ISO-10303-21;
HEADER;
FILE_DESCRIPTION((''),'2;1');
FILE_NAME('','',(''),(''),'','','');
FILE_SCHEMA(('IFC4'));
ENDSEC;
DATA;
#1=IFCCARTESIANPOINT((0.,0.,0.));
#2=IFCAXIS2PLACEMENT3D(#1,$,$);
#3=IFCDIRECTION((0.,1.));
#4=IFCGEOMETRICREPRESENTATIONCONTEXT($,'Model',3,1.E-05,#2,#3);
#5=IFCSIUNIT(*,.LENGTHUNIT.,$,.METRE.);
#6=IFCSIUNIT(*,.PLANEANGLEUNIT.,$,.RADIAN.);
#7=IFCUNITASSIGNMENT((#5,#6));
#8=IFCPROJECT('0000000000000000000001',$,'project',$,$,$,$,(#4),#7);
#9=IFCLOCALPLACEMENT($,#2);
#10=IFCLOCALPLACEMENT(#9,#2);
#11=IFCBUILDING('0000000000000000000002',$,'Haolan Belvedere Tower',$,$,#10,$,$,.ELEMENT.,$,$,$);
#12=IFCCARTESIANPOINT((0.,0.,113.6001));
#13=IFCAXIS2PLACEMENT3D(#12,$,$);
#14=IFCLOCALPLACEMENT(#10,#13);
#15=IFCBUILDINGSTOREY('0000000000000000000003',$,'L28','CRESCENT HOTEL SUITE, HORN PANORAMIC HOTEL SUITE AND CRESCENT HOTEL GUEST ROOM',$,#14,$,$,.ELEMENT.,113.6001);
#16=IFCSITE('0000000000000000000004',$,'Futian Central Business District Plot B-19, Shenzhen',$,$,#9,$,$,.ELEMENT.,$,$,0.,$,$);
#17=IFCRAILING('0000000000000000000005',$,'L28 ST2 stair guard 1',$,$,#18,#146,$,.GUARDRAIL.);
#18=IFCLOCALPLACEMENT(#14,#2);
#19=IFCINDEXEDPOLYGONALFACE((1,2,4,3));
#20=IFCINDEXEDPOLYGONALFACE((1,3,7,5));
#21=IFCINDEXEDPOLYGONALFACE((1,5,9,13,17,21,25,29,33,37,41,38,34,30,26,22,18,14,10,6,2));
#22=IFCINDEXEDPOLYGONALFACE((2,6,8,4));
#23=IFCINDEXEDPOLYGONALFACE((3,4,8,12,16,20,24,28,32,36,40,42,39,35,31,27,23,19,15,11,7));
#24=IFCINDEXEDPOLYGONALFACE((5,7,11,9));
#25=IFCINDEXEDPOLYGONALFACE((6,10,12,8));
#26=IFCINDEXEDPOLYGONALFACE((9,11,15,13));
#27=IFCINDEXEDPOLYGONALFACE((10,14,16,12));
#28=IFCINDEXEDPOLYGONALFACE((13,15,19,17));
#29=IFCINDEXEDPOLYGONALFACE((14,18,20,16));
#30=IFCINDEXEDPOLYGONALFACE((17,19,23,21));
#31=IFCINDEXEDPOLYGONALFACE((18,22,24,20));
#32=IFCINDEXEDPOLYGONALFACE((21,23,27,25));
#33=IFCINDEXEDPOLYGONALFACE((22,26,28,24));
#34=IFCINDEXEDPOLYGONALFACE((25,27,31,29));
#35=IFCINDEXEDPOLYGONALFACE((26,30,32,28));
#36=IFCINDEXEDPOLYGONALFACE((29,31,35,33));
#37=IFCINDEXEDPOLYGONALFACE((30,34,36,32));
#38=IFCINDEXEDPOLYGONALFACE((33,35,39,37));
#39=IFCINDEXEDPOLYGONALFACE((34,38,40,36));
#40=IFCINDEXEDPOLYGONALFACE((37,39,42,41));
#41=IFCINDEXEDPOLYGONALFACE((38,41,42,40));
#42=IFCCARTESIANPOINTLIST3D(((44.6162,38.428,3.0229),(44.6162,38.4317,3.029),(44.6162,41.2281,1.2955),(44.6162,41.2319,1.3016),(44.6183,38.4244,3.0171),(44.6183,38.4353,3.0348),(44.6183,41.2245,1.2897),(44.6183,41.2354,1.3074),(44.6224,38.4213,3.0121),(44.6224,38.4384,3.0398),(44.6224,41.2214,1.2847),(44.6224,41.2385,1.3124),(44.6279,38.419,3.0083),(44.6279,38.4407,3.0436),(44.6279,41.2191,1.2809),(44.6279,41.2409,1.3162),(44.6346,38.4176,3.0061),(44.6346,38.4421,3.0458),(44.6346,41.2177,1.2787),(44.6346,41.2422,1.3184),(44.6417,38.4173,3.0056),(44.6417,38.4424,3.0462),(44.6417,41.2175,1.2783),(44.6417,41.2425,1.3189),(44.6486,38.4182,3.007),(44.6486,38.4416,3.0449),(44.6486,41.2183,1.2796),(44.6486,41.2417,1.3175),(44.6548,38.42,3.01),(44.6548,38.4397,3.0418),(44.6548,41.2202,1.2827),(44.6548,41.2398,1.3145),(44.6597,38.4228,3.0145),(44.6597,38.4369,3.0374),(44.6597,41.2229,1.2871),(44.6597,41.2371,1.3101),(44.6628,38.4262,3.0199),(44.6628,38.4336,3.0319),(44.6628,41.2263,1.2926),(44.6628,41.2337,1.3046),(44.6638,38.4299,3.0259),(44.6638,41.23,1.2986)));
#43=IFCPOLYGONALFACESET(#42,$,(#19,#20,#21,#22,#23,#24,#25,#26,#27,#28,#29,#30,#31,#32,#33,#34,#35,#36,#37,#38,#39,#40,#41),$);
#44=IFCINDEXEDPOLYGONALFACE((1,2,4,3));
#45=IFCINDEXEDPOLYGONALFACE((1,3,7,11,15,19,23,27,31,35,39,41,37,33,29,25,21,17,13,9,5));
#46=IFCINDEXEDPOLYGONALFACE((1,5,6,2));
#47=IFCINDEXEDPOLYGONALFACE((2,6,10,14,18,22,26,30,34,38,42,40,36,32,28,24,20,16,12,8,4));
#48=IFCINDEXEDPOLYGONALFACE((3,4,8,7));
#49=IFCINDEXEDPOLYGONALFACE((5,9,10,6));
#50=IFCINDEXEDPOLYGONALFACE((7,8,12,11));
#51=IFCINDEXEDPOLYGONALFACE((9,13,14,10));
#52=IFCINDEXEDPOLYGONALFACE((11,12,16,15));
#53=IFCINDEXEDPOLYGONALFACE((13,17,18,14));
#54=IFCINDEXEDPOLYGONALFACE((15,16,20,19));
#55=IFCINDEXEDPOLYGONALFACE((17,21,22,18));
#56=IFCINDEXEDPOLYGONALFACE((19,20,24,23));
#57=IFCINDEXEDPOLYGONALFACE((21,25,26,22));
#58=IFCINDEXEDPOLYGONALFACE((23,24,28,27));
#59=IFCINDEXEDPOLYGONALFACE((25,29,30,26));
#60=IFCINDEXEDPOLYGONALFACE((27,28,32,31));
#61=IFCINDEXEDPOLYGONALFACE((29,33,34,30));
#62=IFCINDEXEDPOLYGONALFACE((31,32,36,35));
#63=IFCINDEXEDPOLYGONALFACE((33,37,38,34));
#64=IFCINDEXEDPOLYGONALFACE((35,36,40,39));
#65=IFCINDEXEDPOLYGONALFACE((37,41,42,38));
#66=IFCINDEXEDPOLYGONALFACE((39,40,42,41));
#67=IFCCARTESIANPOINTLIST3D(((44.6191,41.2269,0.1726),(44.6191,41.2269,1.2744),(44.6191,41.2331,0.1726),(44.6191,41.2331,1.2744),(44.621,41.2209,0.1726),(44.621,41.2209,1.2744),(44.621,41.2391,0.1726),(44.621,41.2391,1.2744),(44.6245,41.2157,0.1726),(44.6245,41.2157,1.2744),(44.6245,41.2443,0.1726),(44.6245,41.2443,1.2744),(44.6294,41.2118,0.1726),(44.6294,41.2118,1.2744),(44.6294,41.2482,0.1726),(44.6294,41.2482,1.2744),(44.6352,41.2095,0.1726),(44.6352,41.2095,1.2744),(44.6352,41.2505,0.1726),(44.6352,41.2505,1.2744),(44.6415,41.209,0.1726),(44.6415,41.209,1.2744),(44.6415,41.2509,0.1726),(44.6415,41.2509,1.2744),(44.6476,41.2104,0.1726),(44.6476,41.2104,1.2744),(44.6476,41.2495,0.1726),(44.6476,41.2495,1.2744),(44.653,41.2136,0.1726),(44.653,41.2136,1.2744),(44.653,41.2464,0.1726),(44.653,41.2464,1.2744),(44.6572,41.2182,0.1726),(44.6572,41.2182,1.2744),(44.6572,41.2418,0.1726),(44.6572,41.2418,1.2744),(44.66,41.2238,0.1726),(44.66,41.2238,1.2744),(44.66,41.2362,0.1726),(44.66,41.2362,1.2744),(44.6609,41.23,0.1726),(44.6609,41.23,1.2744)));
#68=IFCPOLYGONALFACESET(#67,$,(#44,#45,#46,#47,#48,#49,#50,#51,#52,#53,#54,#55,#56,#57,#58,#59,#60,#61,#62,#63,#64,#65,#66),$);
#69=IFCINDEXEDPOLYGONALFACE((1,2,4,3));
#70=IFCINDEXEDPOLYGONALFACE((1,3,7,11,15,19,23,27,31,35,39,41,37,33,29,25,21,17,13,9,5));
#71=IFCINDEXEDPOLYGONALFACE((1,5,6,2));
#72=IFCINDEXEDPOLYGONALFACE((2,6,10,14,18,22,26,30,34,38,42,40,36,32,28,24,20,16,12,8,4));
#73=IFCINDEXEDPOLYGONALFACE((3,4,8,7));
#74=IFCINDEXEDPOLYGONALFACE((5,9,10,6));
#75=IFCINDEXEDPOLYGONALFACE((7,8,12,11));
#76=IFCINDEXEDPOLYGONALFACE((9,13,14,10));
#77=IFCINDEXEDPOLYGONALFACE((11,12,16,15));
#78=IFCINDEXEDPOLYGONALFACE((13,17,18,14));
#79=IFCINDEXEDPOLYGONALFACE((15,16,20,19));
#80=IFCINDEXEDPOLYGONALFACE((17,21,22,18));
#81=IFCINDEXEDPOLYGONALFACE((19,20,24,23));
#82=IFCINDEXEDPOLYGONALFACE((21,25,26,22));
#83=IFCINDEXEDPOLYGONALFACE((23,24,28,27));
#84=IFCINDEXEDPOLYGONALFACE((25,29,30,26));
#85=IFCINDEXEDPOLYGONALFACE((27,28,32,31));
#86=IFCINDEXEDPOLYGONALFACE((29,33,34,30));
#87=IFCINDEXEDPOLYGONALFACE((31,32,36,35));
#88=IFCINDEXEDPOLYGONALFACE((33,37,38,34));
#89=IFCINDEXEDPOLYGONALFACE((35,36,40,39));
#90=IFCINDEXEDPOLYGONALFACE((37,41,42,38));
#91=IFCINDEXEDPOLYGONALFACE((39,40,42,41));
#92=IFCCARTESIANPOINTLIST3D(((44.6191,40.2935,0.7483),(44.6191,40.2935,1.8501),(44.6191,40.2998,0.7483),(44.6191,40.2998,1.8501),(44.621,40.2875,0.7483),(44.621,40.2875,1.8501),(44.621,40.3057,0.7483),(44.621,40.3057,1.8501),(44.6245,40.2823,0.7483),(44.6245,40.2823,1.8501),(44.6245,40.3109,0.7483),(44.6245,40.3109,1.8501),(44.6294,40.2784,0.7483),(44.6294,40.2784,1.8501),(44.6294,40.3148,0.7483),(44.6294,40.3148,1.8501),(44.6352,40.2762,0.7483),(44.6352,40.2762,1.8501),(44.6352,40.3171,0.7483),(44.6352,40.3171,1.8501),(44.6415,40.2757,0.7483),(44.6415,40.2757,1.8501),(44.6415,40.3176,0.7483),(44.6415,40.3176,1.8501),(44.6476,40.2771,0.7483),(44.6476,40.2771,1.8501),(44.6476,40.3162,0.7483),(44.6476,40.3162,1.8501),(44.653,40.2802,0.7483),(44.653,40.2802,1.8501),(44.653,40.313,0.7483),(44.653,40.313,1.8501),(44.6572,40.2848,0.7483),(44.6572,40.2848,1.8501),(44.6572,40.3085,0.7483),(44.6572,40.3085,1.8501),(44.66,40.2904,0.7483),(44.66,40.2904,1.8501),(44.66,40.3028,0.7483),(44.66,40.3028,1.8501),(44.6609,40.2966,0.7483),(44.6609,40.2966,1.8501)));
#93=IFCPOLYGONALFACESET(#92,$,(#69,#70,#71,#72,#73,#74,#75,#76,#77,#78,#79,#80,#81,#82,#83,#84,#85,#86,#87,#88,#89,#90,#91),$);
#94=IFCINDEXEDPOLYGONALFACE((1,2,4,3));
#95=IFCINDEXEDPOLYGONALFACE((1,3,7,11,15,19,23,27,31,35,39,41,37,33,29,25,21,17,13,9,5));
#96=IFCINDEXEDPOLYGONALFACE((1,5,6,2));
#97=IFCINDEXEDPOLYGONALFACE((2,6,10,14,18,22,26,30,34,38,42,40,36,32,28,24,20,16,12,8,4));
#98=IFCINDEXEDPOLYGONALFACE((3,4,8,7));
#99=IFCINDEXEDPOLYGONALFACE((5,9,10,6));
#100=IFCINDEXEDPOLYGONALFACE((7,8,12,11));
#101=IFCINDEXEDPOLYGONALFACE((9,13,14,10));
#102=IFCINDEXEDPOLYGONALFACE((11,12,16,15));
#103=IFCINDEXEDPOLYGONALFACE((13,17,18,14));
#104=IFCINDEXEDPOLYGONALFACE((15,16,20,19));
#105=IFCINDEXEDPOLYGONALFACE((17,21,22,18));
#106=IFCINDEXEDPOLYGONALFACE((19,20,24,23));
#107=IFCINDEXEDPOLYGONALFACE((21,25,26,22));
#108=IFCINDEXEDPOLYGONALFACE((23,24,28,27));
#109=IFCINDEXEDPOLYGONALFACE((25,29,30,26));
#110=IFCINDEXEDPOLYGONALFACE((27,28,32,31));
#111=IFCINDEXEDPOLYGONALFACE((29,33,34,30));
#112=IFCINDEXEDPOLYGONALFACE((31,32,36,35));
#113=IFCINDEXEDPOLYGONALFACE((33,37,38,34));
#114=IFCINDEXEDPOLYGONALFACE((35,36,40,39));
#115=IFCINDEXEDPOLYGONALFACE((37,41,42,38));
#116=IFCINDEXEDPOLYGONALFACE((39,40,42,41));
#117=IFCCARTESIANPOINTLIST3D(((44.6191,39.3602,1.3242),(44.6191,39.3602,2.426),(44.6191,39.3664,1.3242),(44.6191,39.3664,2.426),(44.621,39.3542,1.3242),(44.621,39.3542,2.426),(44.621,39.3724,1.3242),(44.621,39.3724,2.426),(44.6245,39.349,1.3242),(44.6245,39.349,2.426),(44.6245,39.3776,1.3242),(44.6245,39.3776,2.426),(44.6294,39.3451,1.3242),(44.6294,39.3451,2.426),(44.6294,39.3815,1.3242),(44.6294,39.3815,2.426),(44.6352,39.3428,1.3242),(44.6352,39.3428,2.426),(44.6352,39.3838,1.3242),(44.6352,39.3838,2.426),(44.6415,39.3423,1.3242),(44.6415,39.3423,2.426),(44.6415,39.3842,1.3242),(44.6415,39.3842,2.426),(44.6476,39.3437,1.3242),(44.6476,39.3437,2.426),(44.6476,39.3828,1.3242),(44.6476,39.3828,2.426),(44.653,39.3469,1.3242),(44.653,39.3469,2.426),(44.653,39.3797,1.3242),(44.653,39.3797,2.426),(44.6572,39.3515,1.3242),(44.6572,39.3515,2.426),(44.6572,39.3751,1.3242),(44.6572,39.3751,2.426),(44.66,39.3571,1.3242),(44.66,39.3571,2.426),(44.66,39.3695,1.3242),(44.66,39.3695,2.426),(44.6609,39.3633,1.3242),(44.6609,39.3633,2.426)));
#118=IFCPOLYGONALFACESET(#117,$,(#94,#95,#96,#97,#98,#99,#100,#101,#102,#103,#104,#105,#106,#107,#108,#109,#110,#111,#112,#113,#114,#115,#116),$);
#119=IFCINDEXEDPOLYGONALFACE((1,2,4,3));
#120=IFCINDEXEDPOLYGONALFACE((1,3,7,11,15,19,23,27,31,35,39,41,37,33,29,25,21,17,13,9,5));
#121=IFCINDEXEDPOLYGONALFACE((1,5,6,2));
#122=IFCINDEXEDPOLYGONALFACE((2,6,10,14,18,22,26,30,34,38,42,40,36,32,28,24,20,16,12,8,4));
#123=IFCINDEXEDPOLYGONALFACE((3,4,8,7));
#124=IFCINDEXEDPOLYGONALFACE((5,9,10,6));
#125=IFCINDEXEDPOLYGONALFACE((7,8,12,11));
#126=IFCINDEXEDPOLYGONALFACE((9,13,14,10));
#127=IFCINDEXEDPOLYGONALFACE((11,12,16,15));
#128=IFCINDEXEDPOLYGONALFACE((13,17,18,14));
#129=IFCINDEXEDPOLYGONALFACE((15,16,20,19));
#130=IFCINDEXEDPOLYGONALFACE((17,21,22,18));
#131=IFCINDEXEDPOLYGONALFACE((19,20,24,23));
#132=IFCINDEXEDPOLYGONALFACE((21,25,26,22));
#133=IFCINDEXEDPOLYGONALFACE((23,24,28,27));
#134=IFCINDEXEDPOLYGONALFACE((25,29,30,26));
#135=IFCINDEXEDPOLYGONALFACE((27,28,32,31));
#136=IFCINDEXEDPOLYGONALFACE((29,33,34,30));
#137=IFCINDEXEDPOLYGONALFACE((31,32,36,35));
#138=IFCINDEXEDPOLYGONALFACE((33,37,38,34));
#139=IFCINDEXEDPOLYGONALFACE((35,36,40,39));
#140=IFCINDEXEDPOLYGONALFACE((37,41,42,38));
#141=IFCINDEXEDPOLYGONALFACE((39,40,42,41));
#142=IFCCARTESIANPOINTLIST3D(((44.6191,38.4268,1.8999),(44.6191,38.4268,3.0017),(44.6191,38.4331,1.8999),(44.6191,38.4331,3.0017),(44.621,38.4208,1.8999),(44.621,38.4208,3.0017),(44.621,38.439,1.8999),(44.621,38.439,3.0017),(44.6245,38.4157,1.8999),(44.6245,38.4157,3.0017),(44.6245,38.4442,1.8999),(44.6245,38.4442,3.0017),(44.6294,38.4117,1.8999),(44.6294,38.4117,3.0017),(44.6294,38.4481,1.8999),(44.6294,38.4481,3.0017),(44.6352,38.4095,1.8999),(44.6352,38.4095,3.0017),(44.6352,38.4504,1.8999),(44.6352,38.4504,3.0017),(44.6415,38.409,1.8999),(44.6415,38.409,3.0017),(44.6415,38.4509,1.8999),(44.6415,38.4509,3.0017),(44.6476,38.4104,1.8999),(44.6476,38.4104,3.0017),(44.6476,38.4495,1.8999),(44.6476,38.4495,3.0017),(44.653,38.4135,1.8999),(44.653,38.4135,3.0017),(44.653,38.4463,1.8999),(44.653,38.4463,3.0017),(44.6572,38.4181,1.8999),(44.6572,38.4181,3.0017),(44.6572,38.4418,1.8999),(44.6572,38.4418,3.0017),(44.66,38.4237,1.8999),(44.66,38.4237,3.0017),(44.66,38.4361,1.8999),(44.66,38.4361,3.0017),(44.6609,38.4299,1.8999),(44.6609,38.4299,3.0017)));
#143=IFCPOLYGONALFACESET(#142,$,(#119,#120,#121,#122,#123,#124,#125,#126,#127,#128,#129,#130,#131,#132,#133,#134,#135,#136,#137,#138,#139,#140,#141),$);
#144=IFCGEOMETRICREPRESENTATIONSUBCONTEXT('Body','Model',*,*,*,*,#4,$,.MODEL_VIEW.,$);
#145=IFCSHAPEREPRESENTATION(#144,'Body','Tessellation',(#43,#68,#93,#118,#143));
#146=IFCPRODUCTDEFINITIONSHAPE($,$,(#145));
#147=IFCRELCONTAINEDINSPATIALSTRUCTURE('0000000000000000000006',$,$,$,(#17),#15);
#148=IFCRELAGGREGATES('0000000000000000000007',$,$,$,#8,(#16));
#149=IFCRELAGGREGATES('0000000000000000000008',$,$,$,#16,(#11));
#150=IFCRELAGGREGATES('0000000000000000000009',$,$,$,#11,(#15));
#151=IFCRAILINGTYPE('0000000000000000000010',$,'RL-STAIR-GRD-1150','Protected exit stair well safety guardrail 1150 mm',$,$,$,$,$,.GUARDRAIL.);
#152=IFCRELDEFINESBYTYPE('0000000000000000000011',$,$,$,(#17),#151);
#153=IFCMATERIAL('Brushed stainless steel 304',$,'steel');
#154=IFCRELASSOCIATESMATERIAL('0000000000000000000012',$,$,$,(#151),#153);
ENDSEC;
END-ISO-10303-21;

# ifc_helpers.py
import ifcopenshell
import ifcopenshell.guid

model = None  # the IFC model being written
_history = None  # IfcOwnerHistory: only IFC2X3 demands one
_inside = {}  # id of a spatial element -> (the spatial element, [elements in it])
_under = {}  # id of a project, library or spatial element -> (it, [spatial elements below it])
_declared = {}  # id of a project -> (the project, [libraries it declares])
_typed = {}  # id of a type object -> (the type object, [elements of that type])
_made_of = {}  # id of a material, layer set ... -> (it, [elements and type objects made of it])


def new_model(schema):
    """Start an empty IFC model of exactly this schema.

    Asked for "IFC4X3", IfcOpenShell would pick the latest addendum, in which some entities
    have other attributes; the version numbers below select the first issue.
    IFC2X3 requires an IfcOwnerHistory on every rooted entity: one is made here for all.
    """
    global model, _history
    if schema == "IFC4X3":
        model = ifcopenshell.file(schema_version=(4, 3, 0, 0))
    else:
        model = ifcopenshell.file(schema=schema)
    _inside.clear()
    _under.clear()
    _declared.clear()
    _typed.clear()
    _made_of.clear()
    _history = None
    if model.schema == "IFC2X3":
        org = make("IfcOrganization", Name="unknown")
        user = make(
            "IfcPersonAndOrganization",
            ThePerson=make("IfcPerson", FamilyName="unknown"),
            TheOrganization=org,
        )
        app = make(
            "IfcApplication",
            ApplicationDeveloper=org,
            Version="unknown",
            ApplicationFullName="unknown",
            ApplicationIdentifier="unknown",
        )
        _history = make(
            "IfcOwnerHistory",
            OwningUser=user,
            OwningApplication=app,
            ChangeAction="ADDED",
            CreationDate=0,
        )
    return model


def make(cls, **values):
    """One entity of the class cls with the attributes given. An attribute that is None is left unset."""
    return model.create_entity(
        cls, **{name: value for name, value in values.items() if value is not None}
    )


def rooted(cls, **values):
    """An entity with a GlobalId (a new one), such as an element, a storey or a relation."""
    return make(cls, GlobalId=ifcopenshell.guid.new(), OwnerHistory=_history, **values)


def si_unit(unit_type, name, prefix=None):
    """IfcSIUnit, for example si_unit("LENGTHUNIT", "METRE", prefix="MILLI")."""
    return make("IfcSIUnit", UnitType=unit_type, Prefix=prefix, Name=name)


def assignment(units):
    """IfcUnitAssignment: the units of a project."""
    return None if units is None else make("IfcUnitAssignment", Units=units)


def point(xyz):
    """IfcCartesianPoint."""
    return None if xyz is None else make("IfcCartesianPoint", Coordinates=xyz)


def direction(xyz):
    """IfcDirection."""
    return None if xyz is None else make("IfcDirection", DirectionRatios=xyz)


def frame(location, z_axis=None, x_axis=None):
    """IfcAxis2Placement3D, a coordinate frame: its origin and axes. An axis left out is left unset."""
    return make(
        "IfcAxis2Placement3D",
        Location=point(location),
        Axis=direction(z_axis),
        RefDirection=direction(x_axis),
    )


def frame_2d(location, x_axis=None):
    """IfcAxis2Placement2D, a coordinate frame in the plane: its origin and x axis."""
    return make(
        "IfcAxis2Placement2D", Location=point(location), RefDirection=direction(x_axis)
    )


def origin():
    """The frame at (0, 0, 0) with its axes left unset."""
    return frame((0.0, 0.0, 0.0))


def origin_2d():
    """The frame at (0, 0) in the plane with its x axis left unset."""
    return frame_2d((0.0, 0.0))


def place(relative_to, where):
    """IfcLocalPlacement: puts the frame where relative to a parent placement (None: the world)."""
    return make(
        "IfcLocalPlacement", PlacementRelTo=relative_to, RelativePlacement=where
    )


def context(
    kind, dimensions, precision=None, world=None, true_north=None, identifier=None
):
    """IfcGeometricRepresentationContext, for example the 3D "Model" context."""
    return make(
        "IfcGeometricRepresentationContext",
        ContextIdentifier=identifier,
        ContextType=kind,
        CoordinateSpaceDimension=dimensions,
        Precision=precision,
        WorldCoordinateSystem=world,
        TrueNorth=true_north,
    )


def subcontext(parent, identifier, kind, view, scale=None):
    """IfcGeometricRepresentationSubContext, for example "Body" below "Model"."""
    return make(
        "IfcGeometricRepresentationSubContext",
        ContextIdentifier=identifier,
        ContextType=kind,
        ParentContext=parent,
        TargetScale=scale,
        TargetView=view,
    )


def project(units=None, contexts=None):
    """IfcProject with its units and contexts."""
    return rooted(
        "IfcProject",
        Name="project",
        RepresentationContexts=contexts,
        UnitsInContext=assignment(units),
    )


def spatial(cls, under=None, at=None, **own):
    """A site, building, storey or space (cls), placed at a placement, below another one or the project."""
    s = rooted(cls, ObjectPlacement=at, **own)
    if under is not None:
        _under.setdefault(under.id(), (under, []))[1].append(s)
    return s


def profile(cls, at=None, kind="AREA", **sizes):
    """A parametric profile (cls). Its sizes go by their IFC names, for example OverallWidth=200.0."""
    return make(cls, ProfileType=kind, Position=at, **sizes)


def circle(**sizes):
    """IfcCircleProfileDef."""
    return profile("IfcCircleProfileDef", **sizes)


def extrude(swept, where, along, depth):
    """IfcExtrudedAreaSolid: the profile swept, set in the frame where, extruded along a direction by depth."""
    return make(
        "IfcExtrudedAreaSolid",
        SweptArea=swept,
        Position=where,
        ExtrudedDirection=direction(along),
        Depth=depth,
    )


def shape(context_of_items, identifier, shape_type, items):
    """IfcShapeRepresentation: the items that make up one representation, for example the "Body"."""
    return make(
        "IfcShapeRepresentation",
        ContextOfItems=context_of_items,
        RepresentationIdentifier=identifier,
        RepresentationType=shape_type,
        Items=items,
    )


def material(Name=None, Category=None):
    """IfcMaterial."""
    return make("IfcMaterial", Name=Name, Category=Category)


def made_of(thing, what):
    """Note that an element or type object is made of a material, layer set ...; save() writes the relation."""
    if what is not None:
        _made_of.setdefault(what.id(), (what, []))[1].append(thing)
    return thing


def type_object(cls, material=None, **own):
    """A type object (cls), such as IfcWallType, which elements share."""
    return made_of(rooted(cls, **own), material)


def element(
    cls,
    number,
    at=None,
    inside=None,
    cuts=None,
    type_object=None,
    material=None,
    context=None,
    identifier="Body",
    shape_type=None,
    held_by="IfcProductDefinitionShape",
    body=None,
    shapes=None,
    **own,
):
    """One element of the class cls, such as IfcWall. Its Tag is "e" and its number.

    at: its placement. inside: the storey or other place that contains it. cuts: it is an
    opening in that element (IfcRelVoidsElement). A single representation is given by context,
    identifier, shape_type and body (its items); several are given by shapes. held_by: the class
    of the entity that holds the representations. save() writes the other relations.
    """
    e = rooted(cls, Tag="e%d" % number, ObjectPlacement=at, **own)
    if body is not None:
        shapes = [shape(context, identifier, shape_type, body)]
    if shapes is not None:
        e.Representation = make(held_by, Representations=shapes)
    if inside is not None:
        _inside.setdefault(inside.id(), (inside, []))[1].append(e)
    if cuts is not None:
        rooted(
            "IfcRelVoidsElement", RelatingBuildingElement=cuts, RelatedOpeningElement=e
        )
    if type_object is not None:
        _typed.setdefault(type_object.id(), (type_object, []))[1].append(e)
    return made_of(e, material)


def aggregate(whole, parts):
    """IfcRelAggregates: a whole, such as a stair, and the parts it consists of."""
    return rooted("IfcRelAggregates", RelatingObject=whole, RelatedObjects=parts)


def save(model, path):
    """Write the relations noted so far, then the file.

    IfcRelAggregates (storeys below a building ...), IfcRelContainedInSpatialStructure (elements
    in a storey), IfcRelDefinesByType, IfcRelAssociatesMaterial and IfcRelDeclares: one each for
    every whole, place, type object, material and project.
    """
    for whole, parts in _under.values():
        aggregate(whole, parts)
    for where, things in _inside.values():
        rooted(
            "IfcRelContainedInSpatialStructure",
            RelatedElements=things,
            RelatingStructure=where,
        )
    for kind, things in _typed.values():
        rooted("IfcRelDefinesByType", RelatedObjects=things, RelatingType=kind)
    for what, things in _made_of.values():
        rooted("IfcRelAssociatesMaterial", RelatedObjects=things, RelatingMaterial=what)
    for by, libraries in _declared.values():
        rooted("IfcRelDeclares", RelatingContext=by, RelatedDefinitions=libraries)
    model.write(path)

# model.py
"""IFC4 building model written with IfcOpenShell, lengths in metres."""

from ifc_helpers import new_model, si_unit, direction, frame, origin, origin_2d, place, context, subcontext, project, spatial, circle, extrude, material, type_object, element, save


model = new_model("IFC4")

# Units and contexts
model_context = context("Model", 3, precision=1e-05, world=origin(), true_north=direction((0.0, 1.0)))
body_context = subcontext(model_context, "Body", "Model", "MODEL_VIEW")
ifc_project = project(units=[si_unit("LENGTHUNIT", "METRE"), si_unit("PLANEANGLEUNIT", "RADIAN")], contexts=[model_context])

# Site, building, storey
site_placement = place(None, origin())
site = spatial("IfcSite", under=ifc_project, at=site_placement, Name="Futian Central Business District Plot B-19, Shenzhen", CompositionType="ELEMENT", RefElevation=0.0)
building_placement = place(site_placement, origin())
building = spatial("IfcBuilding", under=site, at=building_placement, Name="Haolan Belvedere Tower", CompositionType="ELEMENT")
storey_placement = place(building_placement, frame((0.0, 0.0, 113.6001)))
storey = spatial("IfcBuildingStorey", under=building, at=storey_placement, Name="L28", Description="CRESCENT HOTEL SUITE, HORN PANORAMIC HOTEL SUITE AND CRESCENT HOTEL GUEST ROOM", CompositionType="ELEMENT", Elevation=113.6001)

# Railing
ifc_material_1 = material(Name="Brushed stainless steel 304", Category="steel")
railing_type_1 = type_object("IfcRailingType", Name="RL-STAIR-GRD-1150", Description="Protected exit stair well safety guardrail 1150 mm", PredefinedType="GUARDRAIL", material=ifc_material_1)
railing_1_placement = place(storey_placement, frame((44.6399, 41.23, 0.1726)))
element("IfcRailing", 1, at=railing_1_placement, inside=storey, type_object=railing_type_1, Name="L28 ST2 stair guard 1", PredefinedType="GUARDRAIL", context=body_context, shape_type="SweptSolid", body=[
    extrude(circle(Radius=0.0239, at=origin_2d()), frame((0.0, 0.0, 1.126), z_axis=(0.0, -0.85109, 0.52502), x_axis=(1.0, 0.0, 0.0)), (0.0, 0.0, 1.0), 3.29),
    extrude(circle(Radius=0.021, at=origin_2d()), origin(), (0.0, 0.0, 1.0), 1.1018),
    extrude(circle(Radius=0.021, at=origin_2d()), frame((0.0, -0.9333, 0.5757)), (0.0, 0.0, 1.0), 1.1018),
    extrude(circle(Radius=0.021, at=origin_2d()), frame((0.0, -1.8667, 1.1516)), (0.0, 0.0, 1.0), 1.1018),
    extrude(circle(Radius=0.021, at=origin_2d()), frame((0.0, -2.8, 1.7273)), (0.0, 0.0, 1.0), 1.1018),
])

save(model, "model.ifc")
